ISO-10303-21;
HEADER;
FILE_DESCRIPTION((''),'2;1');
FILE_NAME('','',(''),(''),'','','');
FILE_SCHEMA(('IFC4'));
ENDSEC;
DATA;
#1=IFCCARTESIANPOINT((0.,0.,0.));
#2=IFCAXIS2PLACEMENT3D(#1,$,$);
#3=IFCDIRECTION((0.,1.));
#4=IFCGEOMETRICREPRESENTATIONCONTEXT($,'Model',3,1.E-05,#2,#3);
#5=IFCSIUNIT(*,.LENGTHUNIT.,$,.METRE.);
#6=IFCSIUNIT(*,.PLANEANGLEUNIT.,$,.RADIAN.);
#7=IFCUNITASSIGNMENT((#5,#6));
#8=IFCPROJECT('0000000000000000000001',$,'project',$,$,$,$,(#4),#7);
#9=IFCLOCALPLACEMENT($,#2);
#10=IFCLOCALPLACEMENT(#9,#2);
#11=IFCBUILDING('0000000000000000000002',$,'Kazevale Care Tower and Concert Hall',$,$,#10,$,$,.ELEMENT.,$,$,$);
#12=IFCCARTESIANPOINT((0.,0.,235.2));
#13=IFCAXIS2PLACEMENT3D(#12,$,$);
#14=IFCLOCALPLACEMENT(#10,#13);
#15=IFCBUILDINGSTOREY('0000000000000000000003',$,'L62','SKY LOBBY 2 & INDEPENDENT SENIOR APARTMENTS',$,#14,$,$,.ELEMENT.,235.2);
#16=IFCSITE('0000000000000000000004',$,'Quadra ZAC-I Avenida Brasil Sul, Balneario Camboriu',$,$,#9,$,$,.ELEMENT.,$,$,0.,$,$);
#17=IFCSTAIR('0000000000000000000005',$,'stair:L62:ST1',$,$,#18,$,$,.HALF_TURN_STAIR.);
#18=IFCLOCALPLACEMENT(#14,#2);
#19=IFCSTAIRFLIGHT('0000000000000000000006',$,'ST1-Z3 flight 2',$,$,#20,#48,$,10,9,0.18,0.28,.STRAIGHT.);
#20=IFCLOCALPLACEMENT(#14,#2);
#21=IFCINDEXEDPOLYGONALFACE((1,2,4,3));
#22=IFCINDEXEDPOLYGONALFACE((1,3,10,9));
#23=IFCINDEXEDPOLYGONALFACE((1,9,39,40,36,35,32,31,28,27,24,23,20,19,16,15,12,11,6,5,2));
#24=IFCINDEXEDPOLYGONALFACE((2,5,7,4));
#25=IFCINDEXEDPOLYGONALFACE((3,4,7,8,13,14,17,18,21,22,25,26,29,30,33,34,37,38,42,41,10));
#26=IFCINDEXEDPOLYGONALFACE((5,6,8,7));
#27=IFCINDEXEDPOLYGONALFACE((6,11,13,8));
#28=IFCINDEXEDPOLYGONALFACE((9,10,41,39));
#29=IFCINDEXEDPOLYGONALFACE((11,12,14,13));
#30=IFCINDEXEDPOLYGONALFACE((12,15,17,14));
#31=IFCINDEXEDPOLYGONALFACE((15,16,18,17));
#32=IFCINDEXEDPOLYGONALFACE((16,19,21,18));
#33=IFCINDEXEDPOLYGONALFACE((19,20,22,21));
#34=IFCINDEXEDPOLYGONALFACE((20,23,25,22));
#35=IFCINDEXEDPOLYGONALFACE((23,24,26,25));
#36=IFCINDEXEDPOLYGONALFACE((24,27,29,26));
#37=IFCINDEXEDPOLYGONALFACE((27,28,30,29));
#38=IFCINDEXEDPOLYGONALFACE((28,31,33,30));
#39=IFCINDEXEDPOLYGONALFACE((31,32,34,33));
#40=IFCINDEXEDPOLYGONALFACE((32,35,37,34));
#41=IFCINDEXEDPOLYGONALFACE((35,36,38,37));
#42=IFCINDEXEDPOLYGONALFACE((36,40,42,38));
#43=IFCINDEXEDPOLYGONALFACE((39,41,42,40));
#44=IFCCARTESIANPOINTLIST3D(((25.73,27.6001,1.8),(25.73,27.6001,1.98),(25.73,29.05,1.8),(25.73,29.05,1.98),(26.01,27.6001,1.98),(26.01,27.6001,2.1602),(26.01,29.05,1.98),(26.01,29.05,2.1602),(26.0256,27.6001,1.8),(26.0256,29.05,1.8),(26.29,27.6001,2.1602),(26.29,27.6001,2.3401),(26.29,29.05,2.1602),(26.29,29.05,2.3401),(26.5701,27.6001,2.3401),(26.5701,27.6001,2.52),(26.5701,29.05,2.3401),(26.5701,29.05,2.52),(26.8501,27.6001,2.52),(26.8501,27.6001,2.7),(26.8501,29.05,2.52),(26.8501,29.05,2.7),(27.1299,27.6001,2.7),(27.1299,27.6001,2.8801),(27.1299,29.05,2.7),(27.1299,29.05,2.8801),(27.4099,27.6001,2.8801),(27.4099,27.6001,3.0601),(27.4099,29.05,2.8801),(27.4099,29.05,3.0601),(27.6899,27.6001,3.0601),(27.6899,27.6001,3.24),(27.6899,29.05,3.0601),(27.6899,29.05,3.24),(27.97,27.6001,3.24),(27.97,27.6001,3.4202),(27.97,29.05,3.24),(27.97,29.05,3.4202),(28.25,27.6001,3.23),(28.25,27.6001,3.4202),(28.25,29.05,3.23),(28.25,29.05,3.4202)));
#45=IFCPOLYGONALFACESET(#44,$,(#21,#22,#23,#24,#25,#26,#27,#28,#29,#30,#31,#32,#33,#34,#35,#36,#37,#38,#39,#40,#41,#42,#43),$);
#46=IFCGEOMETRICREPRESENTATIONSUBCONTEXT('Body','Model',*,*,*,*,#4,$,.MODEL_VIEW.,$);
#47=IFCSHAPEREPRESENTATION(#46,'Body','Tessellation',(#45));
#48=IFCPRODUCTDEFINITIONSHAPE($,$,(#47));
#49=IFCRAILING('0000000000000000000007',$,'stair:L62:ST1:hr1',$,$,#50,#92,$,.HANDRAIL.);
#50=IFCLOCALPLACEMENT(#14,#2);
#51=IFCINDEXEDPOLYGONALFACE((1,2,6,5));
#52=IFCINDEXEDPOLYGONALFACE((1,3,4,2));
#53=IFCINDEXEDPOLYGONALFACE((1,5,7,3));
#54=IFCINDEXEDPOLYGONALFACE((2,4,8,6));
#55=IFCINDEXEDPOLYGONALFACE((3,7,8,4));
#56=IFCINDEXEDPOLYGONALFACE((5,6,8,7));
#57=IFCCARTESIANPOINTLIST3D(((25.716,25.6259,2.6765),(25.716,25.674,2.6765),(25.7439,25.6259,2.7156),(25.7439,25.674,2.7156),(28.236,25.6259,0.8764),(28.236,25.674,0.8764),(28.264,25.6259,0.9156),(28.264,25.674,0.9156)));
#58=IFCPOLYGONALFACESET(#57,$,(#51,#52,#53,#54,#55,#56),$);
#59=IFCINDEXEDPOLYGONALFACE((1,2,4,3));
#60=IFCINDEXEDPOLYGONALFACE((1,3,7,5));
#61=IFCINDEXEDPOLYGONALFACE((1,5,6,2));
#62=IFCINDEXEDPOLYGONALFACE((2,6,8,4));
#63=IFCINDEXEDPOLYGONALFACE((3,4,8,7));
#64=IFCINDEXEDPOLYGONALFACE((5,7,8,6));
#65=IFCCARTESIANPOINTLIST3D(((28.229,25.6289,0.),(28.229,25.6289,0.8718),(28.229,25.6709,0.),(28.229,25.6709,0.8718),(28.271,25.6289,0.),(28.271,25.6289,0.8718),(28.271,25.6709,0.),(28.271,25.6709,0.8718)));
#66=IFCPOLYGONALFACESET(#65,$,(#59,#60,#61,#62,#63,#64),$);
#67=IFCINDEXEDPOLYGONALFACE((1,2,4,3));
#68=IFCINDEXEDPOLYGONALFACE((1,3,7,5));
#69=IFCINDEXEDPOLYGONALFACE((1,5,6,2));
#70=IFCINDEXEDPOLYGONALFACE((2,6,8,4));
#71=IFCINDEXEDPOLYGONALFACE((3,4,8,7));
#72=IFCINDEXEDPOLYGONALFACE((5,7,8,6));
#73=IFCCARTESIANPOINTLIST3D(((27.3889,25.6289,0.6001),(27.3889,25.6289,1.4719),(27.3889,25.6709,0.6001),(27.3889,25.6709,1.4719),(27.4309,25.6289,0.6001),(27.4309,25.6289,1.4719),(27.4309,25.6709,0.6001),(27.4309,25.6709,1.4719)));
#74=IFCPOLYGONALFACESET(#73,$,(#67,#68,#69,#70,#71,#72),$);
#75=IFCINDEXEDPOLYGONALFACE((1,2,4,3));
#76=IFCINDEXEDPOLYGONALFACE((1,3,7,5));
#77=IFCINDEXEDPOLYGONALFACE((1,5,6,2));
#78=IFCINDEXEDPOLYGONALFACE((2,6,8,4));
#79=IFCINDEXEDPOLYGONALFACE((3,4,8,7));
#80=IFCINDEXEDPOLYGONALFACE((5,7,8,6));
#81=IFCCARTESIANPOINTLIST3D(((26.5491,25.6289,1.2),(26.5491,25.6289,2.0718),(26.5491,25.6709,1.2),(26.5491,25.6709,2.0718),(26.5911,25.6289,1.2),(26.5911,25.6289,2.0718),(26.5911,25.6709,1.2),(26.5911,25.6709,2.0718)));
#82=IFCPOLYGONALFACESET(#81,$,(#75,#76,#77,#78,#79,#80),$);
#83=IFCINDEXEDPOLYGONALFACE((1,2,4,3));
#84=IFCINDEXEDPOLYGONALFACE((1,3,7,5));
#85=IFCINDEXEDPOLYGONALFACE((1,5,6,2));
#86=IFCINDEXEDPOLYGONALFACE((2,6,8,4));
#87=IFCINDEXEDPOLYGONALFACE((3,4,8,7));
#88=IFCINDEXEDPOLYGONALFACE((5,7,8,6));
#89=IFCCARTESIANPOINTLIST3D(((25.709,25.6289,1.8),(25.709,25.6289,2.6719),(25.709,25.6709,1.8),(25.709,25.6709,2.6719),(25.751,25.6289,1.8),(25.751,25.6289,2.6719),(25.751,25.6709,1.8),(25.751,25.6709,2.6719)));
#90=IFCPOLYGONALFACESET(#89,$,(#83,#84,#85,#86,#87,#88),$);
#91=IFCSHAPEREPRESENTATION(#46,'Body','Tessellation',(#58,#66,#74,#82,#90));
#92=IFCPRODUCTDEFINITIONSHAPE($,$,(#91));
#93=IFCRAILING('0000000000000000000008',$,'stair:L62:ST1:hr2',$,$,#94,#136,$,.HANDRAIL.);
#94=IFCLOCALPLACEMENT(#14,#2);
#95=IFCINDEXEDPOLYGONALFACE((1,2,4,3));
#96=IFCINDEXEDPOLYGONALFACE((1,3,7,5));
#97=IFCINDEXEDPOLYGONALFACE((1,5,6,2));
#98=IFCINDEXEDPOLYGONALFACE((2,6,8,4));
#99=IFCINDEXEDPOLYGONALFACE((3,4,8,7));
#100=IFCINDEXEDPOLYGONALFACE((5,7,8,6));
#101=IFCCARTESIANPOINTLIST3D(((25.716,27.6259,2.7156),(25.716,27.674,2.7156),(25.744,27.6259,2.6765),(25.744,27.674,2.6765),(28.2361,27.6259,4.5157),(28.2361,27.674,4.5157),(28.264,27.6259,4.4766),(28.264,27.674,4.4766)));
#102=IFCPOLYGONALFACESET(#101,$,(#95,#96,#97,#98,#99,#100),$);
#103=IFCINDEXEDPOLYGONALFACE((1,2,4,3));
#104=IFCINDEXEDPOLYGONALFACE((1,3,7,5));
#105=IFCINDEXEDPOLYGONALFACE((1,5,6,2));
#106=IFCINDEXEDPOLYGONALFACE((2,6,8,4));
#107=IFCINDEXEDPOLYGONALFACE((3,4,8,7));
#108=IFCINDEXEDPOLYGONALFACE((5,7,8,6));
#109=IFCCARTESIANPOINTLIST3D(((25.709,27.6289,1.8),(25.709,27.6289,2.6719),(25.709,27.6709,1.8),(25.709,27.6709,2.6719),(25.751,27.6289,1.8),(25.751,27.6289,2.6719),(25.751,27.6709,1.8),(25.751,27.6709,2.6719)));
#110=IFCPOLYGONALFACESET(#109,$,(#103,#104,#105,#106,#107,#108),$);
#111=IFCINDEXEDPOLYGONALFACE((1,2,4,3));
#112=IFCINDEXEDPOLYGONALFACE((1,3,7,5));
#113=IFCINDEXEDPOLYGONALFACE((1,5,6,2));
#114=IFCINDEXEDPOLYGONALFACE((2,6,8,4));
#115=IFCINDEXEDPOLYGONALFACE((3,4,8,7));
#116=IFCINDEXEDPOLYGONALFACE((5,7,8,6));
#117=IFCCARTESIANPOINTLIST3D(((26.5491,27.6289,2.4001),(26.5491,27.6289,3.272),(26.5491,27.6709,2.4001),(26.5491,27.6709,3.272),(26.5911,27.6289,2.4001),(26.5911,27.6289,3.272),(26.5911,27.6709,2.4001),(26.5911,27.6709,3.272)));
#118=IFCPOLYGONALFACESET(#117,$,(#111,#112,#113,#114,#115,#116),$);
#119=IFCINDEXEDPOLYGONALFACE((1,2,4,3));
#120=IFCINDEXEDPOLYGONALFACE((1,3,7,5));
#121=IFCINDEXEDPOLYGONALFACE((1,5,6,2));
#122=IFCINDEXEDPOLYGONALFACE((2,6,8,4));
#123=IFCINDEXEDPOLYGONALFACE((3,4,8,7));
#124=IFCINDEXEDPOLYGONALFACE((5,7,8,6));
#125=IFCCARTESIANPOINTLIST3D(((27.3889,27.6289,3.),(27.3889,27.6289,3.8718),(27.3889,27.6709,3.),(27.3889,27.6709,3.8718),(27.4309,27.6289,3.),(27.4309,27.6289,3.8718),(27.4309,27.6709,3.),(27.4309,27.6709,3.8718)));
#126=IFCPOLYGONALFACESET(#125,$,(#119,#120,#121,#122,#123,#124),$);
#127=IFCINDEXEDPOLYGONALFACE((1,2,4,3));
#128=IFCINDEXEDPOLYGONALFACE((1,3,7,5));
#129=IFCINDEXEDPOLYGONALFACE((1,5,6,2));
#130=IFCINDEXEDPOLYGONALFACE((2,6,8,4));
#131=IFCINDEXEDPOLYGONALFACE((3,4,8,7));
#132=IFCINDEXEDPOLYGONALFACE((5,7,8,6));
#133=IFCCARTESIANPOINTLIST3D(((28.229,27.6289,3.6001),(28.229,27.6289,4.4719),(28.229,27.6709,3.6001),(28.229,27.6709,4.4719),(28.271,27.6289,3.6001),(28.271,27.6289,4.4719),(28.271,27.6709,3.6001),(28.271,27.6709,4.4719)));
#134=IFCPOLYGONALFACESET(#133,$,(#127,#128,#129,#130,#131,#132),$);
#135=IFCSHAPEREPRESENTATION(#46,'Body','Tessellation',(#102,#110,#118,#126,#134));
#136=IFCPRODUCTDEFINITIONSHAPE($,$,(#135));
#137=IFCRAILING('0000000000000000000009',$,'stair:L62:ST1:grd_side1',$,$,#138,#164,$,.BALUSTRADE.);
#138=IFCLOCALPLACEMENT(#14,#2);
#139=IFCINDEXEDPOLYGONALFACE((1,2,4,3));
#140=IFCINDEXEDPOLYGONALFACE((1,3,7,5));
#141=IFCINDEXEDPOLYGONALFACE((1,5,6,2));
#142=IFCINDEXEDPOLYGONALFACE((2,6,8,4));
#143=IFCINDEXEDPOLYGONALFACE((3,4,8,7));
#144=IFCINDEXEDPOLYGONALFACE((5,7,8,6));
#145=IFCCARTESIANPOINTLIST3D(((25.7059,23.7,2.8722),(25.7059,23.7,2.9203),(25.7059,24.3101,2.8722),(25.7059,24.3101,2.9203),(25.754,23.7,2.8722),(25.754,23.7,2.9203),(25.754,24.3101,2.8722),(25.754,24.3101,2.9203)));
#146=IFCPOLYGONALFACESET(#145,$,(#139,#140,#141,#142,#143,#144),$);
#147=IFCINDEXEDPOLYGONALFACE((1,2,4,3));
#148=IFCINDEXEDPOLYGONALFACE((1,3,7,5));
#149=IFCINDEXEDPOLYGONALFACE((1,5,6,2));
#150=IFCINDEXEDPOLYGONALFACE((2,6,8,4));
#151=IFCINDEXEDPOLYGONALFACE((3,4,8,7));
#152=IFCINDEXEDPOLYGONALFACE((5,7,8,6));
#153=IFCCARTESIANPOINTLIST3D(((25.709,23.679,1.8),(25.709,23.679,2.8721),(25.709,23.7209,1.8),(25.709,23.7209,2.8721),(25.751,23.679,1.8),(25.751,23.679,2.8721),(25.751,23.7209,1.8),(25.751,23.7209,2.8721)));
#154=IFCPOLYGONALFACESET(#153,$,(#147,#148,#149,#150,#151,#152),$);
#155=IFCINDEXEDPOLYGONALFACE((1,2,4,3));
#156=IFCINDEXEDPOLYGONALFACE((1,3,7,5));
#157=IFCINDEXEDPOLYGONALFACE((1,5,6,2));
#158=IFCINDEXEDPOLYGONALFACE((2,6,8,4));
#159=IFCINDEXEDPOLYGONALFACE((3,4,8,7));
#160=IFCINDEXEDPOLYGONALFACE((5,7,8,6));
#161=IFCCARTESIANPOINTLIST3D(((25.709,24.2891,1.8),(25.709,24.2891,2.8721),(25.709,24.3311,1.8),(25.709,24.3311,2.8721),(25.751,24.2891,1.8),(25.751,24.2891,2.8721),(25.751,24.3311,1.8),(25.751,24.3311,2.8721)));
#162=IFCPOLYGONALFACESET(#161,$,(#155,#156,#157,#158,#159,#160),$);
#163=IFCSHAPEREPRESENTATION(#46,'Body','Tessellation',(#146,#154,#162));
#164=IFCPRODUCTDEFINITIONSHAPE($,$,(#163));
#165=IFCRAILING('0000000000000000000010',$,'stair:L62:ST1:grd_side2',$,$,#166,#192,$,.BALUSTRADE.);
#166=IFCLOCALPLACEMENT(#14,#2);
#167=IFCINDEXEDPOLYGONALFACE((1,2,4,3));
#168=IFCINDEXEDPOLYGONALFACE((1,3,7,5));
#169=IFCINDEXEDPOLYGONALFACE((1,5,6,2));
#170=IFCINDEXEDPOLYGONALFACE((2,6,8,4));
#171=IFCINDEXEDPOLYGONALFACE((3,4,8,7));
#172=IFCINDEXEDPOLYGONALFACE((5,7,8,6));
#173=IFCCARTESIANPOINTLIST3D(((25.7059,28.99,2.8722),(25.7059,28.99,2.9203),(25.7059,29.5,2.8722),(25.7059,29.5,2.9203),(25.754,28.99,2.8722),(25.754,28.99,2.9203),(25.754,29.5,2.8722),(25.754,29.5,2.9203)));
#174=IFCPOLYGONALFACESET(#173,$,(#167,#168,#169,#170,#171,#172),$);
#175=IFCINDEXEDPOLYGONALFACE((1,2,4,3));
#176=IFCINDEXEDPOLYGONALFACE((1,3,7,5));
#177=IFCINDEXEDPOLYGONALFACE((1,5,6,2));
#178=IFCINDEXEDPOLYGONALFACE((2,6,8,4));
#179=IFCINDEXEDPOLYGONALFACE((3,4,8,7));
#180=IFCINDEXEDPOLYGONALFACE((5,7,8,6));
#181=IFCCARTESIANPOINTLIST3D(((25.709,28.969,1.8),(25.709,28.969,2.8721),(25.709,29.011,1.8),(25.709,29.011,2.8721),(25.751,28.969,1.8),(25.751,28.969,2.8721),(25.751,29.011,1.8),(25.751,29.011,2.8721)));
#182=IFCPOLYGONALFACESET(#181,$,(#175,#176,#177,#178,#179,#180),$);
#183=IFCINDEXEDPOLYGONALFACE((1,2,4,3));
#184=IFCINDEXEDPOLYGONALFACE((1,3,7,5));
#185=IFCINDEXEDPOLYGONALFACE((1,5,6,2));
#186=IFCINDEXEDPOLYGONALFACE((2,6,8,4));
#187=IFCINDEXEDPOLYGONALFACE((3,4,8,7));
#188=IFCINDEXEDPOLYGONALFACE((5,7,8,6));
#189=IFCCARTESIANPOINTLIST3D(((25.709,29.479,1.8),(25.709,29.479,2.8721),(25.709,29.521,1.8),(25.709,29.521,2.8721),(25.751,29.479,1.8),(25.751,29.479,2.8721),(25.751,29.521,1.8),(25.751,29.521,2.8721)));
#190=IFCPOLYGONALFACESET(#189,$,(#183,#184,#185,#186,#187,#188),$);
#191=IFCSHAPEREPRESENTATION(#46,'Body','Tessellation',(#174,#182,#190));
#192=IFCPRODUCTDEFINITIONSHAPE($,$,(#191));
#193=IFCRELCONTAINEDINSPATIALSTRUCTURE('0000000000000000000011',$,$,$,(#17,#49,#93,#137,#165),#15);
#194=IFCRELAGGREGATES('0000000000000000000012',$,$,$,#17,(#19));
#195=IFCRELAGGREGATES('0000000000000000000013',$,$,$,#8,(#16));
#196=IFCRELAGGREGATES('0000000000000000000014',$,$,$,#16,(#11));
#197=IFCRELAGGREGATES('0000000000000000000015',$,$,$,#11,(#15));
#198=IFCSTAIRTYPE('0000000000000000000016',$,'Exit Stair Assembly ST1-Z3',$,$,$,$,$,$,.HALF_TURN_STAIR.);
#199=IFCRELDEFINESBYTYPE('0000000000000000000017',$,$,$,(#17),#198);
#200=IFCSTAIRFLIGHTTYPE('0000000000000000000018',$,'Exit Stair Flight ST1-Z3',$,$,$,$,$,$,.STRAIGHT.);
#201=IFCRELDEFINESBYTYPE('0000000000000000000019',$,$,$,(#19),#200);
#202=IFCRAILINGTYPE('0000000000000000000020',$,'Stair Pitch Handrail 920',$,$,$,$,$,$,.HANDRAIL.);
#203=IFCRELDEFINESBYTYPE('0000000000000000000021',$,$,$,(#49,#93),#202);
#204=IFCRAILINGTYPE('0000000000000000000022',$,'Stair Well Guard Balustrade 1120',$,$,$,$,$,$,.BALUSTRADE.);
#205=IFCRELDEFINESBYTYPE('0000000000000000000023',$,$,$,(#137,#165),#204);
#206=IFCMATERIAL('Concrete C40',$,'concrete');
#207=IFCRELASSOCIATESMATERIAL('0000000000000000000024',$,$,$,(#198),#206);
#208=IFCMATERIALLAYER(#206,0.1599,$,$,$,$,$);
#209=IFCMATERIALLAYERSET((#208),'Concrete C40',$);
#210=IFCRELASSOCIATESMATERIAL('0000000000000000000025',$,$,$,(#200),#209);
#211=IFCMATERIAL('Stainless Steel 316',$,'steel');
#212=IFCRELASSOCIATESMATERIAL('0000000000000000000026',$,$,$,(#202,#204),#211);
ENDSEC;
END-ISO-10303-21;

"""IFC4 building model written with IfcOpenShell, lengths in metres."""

from ifc_helpers import new_model, si_unit, direction, frame, origin, origin_2d, place, context, subcontext, project, spatial, polyline, rectangle, outline, extrude, material, layer, layer_set, type_object, element, aggregate, save


model = new_model("IFC4")

# Units and contexts
model_context = context("Model", 3, precision=1e-05, world=origin(), true_north=direction((0.0, 1.0)))
body_context = subcontext(model_context, "Body", "Model", "MODEL_VIEW")
ifc_project = project(units=[si_unit("LENGTHUNIT", "METRE"), si_unit("PLANEANGLEUNIT", "RADIAN")], contexts=[model_context])

# Site, building, storey
site_placement = place(None, origin())
site = spatial("IfcSite", under=ifc_project, at=site_placement, Name="Quadra ZAC-I Avenida Brasil Sul, Balneario Camboriu", CompositionType="ELEMENT", RefElevation=0.0)
building_placement = place(site_placement, origin())
building = spatial("IfcBuilding", under=site, at=building_placement, Name="Kazevale Care Tower and Concert Hall", CompositionType="ELEMENT")
storey_placement = place(building_placement, frame((0.0, 0.0, 235.2)))
storey = spatial("IfcBuildingStorey", under=building, at=storey_placement, Name="L62", Description="SKY LOBBY 2 & INDEPENDENT SENIOR APARTMENTS", CompositionType="ELEMENT", Elevation=235.2)

# Shared definitions
ifc_material_1 = material(Name="Concrete C40", Category="concrete")
ifc_material_2 = material(Name="Stainless Steel 316", Category="steel")

# Stair, stair flight
stair_type = type_object("IfcStairType", Name="Exit Stair Assembly ST1-Z3", PredefinedType="HALF_TURN_STAIR", material=ifc_material_1)
stair_placement = place(storey_placement, origin())
stair = element("IfcStair", 1, at=stair_placement, inside=storey, type_object=stair_type, Name="stair:L62:ST1", PredefinedType="HALF_TURN_STAIR")
ifc_layer_1 = layer(ifc_material_1, 0.1599)
ifc_layer_set_1 = layer_set([ifc_layer_1], Name="Concrete C40")
stair_flight_type = type_object("IfcStairFlightType", Name="Exit Stair Flight ST1-Z3", PredefinedType="STRAIGHT", material=ifc_layer_set_1)
stair_flight_1_placement = place(storey_placement, frame((25.73, 28.325, 1.8), z_axis=(0.0, 0.0, 1.0), x_axis=(1.0, 0.0, 0.0)))
stair_flight_1 = element("IfcStairFlight", 2, at=stair_flight_1_placement, type_object=stair_flight_type, Name="ST1-Z3 flight 2", NumberOfRisers=10, NumberOfTreads=9, PredefinedType="STRAIGHT", RiserHeight=0.18, TreadLength=0.28, context=body_context, shape_type="SweptSolid", body=[
    extrude(outline(polyline([(0.0, 0.0), (0.0, 0.1799), (0.28, 0.1799), (0.28, 0.3601), (0.5601, 0.3601), (0.5601, 0.54), (0.8401, 0.54), (0.8401, 0.72), (1.1201, 0.72), (1.1201, 0.8999), (1.3999, 0.8999), (1.3999, 1.0801), (1.6799, 1.0801), (1.6799, 1.26), (1.96, 1.26), (1.96, 1.4399), (2.24, 1.4399), (2.24, 1.6201), (2.52, 1.6201), (2.52, 1.8), (2.52, 1.4299), (0.2957, 0.0), (0.0, 0.0)])), frame((0.0, 0.7251, 0.0), z_axis=(0.0, -1.0, 0.0), x_axis=(1.0, 0.0, 0.0)), (0.0, 0.0, 1.0), 1.45),
])
aggregate(stair, [stair_flight_1])

# Railings
railing_type_1 = type_object("IfcRailingType", Name="Stair Pitch Handrail 920", PredefinedType="HANDRAIL", material=ifc_material_2)
railing_1_placement = place(storey_placement, frame((28.25, 25.6499, 0.0)))
element("IfcRailing", 3, at=railing_1_placement, inside=storey, type_object=railing_type_1, Name="stair:L62:ST1:hr1", PredefinedType="HANDRAIL", context=body_context, shape_type="SweptSolid", body=[
    extrude(rectangle(XDim=0.0481, YDim=0.0481, at=origin_2d()), frame((0.0, 0.0, 0.896), z_axis=(-0.813728, 0.0, 0.581246), x_axis=(0.0, -1.0, 0.0)), (0.0, 0.0, 1.0), 3.0969),
    extrude(rectangle(XDim=0.042, YDim=0.042, at=origin_2d()), origin(), (0.0, 0.0, 1.0), 0.8718),
    extrude(rectangle(XDim=0.042, YDim=0.042, at=origin_2d()), frame((-0.8401, 0.0, 0.6001)), (0.0, 0.0, 1.0), 0.8718),
    extrude(rectangle(XDim=0.042, YDim=0.042, at=origin_2d()), frame((-1.6799, 0.0, 1.2)), (0.0, 0.0, 1.0), 0.8718),
    extrude(rectangle(XDim=0.042, YDim=0.042, at=origin_2d()), frame((-2.52, 0.0, 1.8)), (0.0, 0.0, 1.0), 0.8718),
])
railing_2_placement = place(storey_placement, frame((25.73, 27.6499, 1.8)))
element("IfcRailing", 4, at=railing_2_placement, inside=storey, type_object=railing_type_1, Name="stair:L62:ST1:hr2", PredefinedType="HANDRAIL", context=body_context, shape_type="SweptSolid", body=[
    extrude(rectangle(XDim=0.0481, YDim=0.0481, at=origin_2d()), frame((0.0, 0.0, 0.896), z_axis=(0.813728, 0.0, 0.581246), x_axis=(0.0, 1.0, 0.0)), (0.0, 0.0, 1.0), 3.0969),
    extrude(rectangle(XDim=0.042, YDim=0.042, at=origin_2d()), origin(), (0.0, 0.0, 1.0), 0.8718),
    extrude(rectangle(XDim=0.042, YDim=0.042, at=origin_2d()), frame((0.8401, 0.0, 0.6001)), (0.0, 0.0, 1.0), 0.8718),
    extrude(rectangle(XDim=0.042, YDim=0.042, at=origin_2d()), frame((1.6799, 0.0, 1.2)), (0.0, 0.0, 1.0), 0.8718),
    extrude(rectangle(XDim=0.042, YDim=0.042, at=origin_2d()), frame((2.52, 0.0, 1.8)), (0.0, 0.0, 1.0), 0.8718),
])
railing_type_2 = type_object("IfcRailingType", Name="Stair Well Guard Balustrade 1120", PredefinedType="BALUSTRADE", material=ifc_material_2)
railing_3_placement = place(storey_placement, frame((25.73, 23.7, 1.8)))
element("IfcRailing", 5, at=railing_3_placement, inside=storey, type_object=railing_type_2, Name="stair:L62:ST1:grd_side1", PredefinedType="BALUSTRADE", context=body_context, shape_type="SweptSolid", body=[
    extrude(rectangle(XDim=0.0481, YDim=0.0481, at=origin_2d()), frame((0.0, 0.0, 1.0962), z_axis=(0.0, 1.0, 0.0), x_axis=(-1.0, 0.0, 0.0)), (0.0, 0.0, 1.0), 0.6101),
    extrude(rectangle(XDim=0.042, YDim=0.042, at=origin_2d()), origin(), (0.0, 0.0, 1.0), 1.072),
    extrude(rectangle(XDim=0.042, YDim=0.042, at=origin_2d()), frame((0.0, 0.6101, 0.0)), (0.0, 0.0, 1.0), 1.072),
])
railing_4_placement = place(storey_placement, frame((25.73, 28.99, 1.8)))
element("IfcRailing", 6, at=railing_4_placement, inside=storey, type_object=railing_type_2, Name="stair:L62:ST1:grd_side2", PredefinedType="BALUSTRADE", context=body_context, shape_type="SweptSolid", body=[
    extrude(rectangle(XDim=0.0481, YDim=0.0481, at=origin_2d()), frame((0.0, 0.0, 1.0962), z_axis=(0.0, 1.0, 0.0), x_axis=(-1.0, 0.0, 0.0)), (0.0, 0.0, 1.0), 0.51),
    extrude(rectangle(XDim=0.042, YDim=0.042, at=origin_2d()), origin(), (0.0, 0.0, 1.0), 1.072),
    extrude(rectangle(XDim=0.042, YDim=0.042, at=origin_2d()), frame((0.0, 0.51, 0.0)), (0.0, 0.0, 1.0), 1.072),
])

save(model, "model.ifc")
